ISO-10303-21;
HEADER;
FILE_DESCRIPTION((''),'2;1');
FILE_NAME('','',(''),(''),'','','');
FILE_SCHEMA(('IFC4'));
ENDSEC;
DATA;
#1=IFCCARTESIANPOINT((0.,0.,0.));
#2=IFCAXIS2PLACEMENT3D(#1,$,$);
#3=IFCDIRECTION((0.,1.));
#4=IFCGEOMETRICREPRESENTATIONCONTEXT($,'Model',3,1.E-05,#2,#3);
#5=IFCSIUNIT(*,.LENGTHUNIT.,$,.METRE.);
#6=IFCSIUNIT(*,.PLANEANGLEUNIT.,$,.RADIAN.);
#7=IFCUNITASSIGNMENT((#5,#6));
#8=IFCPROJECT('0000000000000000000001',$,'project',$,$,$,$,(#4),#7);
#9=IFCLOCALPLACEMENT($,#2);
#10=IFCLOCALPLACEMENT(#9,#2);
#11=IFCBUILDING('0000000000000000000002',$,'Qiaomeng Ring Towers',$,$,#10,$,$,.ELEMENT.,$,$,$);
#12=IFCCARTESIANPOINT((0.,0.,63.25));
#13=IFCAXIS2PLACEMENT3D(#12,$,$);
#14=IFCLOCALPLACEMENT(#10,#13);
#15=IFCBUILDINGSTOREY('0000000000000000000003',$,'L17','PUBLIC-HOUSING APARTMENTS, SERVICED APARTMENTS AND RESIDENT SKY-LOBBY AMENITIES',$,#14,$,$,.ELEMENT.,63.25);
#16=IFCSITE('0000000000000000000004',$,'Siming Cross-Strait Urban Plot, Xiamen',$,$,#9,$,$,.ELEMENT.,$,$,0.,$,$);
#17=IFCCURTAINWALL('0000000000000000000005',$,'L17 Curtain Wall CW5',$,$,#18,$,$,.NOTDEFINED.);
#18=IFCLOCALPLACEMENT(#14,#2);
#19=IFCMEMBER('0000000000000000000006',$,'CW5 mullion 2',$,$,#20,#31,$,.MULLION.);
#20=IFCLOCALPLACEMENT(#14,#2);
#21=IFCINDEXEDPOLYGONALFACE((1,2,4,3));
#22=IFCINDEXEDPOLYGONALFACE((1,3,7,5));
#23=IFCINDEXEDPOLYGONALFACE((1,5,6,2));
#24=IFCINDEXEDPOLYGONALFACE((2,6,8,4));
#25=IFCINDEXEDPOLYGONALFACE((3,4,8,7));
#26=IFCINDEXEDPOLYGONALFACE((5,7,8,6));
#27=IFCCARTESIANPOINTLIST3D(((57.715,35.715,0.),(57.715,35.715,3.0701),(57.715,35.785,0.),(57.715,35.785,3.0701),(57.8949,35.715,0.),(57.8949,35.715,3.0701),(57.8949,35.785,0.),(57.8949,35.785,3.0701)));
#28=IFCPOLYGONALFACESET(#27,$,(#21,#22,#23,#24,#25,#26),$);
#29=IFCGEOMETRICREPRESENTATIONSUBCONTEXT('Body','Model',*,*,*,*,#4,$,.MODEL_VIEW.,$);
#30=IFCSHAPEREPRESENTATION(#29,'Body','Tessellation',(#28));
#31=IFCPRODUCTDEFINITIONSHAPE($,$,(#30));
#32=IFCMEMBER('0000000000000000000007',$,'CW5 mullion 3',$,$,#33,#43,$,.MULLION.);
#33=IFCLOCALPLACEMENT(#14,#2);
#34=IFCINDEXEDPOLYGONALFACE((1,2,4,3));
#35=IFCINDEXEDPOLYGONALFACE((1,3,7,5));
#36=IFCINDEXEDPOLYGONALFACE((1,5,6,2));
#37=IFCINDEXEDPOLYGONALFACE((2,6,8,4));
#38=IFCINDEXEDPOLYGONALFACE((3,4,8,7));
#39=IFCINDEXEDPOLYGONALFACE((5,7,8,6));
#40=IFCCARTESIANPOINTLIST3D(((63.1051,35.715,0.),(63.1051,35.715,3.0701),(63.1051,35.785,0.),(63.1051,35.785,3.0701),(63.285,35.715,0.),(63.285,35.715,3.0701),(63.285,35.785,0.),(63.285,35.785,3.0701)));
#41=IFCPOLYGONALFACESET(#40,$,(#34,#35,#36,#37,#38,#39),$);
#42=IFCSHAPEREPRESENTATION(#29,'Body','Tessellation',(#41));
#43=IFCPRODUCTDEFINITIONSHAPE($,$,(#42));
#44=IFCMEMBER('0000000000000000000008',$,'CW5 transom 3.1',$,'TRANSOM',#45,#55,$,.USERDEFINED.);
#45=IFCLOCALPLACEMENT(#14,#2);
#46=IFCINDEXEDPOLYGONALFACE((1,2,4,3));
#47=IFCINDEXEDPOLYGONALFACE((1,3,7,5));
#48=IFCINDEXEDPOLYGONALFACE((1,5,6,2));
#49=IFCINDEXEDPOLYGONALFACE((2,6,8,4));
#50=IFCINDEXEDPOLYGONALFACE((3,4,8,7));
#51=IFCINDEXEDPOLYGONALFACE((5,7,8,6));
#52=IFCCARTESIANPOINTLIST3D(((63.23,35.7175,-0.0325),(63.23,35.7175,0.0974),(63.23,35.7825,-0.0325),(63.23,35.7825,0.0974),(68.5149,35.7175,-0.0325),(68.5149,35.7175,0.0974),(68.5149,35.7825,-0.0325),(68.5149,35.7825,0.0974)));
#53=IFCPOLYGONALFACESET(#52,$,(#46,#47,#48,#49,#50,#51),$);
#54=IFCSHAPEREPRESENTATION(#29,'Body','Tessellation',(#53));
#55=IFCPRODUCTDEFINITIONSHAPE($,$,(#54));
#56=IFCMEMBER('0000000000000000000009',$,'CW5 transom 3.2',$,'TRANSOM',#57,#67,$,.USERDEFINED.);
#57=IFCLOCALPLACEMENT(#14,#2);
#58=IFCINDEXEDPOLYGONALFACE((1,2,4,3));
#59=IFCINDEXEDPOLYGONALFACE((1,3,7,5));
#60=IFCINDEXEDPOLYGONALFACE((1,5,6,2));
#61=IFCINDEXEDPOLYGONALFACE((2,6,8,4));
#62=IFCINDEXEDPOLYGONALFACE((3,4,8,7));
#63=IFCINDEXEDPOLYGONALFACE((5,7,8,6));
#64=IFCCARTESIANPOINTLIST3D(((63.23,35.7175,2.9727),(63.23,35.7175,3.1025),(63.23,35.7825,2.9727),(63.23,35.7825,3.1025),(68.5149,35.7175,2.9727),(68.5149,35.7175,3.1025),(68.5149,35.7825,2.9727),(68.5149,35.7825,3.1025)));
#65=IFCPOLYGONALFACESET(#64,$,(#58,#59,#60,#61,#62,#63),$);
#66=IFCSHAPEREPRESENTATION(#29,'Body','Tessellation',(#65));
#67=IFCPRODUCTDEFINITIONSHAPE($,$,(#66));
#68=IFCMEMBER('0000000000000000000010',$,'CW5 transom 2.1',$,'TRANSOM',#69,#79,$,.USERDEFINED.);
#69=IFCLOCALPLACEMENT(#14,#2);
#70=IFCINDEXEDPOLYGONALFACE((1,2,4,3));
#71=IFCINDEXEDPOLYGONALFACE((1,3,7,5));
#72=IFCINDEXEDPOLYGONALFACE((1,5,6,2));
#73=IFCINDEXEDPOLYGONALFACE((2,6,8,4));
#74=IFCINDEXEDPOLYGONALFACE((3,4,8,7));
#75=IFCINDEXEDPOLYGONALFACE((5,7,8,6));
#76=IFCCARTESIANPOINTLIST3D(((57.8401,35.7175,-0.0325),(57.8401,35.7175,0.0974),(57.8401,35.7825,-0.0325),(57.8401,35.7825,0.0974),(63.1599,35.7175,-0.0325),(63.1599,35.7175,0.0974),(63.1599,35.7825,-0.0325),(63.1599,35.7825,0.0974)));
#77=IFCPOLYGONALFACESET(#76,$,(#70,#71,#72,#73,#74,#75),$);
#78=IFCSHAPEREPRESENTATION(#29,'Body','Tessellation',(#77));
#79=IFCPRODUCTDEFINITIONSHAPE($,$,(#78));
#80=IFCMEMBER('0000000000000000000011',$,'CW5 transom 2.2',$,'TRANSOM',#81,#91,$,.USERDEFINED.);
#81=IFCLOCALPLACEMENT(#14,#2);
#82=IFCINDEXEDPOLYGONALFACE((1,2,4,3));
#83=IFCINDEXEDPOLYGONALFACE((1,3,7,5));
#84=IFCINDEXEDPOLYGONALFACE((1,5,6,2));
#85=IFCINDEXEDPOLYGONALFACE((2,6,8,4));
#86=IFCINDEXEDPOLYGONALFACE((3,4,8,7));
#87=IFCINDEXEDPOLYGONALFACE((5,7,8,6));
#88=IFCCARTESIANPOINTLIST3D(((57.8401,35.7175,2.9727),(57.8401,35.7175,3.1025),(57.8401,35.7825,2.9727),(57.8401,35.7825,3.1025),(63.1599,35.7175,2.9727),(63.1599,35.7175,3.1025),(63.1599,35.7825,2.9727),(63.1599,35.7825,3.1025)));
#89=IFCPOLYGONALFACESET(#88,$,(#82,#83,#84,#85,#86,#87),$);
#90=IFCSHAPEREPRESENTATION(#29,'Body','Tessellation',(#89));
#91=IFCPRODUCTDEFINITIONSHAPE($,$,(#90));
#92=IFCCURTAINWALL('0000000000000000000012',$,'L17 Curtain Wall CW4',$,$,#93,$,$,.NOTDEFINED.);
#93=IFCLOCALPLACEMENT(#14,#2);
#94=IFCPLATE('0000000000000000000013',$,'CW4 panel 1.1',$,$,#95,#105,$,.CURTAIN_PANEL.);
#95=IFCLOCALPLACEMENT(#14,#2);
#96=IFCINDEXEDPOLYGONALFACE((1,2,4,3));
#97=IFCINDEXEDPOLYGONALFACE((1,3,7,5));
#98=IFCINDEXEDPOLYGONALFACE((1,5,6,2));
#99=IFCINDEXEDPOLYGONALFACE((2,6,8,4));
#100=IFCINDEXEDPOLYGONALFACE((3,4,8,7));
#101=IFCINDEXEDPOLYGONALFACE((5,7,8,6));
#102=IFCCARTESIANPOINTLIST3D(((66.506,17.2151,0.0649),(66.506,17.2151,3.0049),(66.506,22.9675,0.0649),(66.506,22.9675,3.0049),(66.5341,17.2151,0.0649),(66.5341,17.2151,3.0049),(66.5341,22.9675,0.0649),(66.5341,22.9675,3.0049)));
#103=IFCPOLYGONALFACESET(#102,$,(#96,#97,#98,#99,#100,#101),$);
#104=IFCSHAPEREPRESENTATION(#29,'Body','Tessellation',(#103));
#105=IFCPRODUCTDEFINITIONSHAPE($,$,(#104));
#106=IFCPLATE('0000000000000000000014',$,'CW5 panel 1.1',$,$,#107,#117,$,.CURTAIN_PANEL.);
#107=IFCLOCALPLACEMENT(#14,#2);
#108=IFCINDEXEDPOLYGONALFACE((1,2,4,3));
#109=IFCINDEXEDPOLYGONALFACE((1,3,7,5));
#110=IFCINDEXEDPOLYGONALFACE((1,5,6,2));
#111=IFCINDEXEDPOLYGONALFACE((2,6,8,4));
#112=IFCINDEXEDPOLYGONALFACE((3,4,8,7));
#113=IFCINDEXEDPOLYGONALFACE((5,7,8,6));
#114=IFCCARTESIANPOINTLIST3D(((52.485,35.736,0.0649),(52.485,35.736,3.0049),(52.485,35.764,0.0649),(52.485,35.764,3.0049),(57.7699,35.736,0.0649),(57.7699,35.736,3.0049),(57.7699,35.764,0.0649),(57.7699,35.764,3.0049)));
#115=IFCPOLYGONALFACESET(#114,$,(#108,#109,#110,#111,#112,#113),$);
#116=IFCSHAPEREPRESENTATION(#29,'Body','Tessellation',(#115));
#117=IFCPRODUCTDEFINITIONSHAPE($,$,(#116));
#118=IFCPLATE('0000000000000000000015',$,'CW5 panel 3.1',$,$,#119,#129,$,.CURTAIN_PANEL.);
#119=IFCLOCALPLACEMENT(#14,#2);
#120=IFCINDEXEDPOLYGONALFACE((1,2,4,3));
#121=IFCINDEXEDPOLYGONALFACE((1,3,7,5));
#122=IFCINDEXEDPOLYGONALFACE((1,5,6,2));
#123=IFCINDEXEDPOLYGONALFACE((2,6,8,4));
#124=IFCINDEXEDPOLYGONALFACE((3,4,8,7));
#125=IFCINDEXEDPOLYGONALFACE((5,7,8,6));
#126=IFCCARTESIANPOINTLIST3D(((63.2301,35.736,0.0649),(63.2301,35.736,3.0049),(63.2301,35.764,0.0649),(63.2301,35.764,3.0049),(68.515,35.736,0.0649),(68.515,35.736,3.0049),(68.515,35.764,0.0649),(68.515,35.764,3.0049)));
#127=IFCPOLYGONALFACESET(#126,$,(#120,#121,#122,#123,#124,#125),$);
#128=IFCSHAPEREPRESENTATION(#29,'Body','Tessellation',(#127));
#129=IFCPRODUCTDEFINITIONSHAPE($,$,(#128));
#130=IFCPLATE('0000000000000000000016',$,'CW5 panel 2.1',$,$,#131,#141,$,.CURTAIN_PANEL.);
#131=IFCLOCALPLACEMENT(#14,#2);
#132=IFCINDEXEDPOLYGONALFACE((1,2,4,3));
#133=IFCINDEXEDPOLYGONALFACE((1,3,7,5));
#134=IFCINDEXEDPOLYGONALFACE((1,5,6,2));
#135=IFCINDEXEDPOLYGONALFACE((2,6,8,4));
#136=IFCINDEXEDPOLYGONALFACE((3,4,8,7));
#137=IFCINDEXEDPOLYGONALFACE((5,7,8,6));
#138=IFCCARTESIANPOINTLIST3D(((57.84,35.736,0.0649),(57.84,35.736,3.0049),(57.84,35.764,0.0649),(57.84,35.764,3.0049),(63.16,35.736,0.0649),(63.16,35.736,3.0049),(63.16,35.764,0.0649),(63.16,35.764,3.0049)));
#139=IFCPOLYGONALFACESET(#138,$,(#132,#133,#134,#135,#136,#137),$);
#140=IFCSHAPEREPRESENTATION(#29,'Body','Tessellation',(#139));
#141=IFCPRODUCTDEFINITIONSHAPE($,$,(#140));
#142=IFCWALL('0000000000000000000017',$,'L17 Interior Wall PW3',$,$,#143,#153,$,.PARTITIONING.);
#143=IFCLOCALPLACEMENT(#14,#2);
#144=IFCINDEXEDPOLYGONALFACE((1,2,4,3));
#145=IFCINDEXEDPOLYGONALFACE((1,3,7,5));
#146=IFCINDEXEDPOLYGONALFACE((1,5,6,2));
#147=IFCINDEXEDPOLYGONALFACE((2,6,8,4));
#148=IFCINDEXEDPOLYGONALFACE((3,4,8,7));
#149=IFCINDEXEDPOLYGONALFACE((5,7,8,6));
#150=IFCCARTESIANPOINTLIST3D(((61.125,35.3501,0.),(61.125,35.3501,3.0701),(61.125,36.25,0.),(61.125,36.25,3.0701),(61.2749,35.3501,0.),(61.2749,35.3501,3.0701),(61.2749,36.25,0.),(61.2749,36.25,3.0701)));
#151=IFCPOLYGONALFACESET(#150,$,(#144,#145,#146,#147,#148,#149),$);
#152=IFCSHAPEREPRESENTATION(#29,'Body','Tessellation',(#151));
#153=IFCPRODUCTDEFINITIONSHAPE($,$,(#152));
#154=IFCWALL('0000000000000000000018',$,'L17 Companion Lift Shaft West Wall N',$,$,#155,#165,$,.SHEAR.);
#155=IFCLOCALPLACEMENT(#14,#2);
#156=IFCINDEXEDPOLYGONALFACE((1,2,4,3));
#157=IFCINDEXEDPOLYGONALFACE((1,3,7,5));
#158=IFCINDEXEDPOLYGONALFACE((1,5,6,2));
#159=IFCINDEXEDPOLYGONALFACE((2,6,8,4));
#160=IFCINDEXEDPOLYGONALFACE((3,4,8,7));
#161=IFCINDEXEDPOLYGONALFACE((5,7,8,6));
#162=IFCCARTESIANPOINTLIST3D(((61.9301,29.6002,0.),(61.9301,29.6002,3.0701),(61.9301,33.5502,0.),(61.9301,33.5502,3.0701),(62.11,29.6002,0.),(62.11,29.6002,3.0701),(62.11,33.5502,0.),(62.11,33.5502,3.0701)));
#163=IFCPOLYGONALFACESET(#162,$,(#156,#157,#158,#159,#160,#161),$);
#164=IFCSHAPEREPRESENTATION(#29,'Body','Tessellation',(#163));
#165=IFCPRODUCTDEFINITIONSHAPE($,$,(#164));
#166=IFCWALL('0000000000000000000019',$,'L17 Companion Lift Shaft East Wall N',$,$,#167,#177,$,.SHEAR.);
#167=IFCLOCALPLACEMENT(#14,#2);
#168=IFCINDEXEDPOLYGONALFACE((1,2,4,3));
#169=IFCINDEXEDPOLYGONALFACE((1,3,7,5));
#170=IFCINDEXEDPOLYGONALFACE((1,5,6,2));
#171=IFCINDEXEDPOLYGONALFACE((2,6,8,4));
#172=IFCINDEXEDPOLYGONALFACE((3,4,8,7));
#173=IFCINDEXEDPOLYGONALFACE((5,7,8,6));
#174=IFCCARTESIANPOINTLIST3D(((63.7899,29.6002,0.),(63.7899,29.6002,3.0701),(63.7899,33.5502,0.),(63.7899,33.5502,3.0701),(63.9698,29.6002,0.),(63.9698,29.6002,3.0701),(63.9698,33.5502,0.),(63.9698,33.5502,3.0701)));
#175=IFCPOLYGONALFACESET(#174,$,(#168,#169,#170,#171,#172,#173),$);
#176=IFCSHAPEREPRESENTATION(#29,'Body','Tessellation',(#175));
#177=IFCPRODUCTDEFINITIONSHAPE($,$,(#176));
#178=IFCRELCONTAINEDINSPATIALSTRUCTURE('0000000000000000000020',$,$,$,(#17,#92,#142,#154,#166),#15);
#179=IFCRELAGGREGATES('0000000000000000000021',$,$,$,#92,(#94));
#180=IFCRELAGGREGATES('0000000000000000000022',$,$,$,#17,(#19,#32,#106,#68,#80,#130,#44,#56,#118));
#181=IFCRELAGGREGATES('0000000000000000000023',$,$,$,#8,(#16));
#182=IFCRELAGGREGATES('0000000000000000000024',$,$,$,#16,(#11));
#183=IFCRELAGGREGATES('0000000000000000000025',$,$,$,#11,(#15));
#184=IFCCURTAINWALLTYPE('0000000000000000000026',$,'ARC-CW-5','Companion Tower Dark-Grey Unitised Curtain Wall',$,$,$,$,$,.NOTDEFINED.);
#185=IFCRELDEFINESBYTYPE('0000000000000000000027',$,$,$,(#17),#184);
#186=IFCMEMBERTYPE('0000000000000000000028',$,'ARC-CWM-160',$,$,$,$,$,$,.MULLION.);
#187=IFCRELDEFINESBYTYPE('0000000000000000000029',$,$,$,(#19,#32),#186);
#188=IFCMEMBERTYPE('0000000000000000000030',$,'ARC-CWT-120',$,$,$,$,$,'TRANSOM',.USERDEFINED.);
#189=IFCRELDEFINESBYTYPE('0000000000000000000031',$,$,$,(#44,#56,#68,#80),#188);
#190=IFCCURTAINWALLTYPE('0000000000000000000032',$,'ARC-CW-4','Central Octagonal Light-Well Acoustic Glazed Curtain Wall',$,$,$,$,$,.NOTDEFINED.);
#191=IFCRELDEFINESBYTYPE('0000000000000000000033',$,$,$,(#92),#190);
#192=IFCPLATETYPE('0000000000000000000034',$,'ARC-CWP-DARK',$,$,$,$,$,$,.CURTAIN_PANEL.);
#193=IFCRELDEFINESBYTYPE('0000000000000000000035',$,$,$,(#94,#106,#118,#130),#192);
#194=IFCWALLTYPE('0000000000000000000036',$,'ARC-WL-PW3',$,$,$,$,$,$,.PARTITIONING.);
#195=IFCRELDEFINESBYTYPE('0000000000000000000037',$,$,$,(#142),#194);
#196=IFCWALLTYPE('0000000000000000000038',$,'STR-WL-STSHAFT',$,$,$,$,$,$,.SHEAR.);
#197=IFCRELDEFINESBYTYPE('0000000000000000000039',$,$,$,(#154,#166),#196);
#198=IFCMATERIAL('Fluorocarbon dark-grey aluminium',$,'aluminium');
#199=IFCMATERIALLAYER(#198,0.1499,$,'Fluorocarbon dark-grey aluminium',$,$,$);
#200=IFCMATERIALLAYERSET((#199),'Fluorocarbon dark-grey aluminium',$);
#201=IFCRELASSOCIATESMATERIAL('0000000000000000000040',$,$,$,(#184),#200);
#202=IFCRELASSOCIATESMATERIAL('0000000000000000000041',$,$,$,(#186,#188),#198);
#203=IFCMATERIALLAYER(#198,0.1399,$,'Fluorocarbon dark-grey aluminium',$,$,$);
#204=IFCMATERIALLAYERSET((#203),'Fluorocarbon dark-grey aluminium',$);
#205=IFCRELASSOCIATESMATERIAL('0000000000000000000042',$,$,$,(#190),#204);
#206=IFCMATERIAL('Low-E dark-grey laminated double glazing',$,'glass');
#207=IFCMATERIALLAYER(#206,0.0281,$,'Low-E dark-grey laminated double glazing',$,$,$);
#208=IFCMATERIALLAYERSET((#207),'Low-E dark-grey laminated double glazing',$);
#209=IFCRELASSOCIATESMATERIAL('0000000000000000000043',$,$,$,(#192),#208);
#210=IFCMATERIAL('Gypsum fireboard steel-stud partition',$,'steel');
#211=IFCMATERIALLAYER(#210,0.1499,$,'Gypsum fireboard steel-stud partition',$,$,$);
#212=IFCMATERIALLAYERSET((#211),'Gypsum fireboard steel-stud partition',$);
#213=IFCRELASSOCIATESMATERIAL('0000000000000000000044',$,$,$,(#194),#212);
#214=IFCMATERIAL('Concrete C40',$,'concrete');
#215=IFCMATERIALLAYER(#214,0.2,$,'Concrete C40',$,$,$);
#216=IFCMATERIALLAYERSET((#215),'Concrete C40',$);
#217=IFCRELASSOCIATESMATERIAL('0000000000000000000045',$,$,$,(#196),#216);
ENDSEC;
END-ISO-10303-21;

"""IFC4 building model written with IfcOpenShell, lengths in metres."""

from ifc_helpers import new_model, si_unit, direction, frame, frame_2d, origin, origin_2d, place, context, subcontext, project, spatial, rectangle, extrude, source, transform, mapped, material, layer, layer_set, material_profile, profile_set, type_object, element, aggregate, save


model = new_model("IFC4")

# Units and contexts
model_context = context("Model", 3, precision=1e-05, world=origin(), true_north=direction((0.0, 1.0)))
body_context = subcontext(model_context, "Body", "Model", "MODEL_VIEW")
ifc_project = project(units=[si_unit("LENGTHUNIT", "METRE"), si_unit("PLANEANGLEUNIT", "RADIAN")], contexts=[model_context])

# Site, building, storey
site_placement = place(None, origin())
site = spatial("IfcSite", under=ifc_project, at=site_placement, Name="Siming Cross-Strait Urban Plot, Xiamen", CompositionType="ELEMENT", RefElevation=0.0)
building_placement = place(site_placement, origin())
building = spatial("IfcBuilding", under=site, at=building_placement, Name="Qiaomeng Ring Towers", CompositionType="ELEMENT")
storey_placement = place(building_placement, frame((0.0, 0.0, 63.25)))
storey = spatial("IfcBuildingStorey", under=building, at=storey_placement, Name="L17", Description="PUBLIC-HOUSING APARTMENTS, SERVICED APARTMENTS AND RESIDENT SKY-LOBBY AMENITIES", CompositionType="ELEMENT", Elevation=63.25)

# Curtain wall, members
ifc_material_1 = material(Name="Fluorocarbon dark-grey aluminium", Category="aluminium")
ifc_layer_1 = layer(ifc_material_1, 0.1499, Name="Fluorocarbon dark-grey aluminium")
ifc_layer_set_1 = layer_set([ifc_layer_1], Name="Fluorocarbon dark-grey aluminium")
curtain_wall_type_1 = type_object("IfcCurtainWallType", Name="ARC-CW-5", Description="Companion Tower Dark-Grey Unitised Curtain Wall", PredefinedType="NOTDEFINED", material=ifc_layer_set_1)
curtain_wall_1_placement = place(storey_placement, origin())
curtain_wall_1 = element("IfcCurtainWall", 1, at=curtain_wall_1_placement, inside=storey, type_object=curtain_wall_type_1, Name="L17 Curtain Wall CW5", PredefinedType="NOTDEFINED")
ifc_material_profile_1 = material_profile(ifc_material_1, rectangle(XDim=0.0701, YDim=0.1799, at=origin_2d()), Name="ALU MULL 70x180")
ifc_profile_set_1 = profile_set([ifc_material_profile_1], Name="Fluorocarbon dark-grey aluminium")
member_type_1 = type_object("IfcMemberType", Name="ARC-CWM-160", PredefinedType="MULLION", material=ifc_profile_set_1)
shared_shape_1 = source(origin(), body_context, "Body", "SweptSolid", [
    extrude(rectangle(XDim=0.0701, YDim=0.1799, at=origin_2d()), origin(), (0.0, 0.0, 1.0), 3.0701),
])
member_1_placement = place(storey_placement, frame((57.8049, 35.75, 0.0), z_axis=(0.0, 0.0, 1.0), x_axis=(0.0, 1.0, 0.0)))
member_1 = element("IfcMember", 2, at=member_1_placement, type_object=member_type_1, Name="CW5 mullion 2", PredefinedType="MULLION", context=body_context, shape_type="MappedRepresentation", body=[
    mapped(shared_shape_1, transform((0.0, 0.0, 0.0), x_axis=(1.0, 0.0, 0.0), y_axis=(0.0, 1.0, 0.0), z_axis=(0.0, 0.0, 1.0), scale=1.0)),
])
member_2_placement = place(storey_placement, frame((63.1951, 35.75, 0.0), z_axis=(0.0, 0.0, 1.0), x_axis=(0.0, 1.0, 0.0)))
member_2 = element("IfcMember", 3, at=member_2_placement, type_object=member_type_1, Name="CW5 mullion 3", PredefinedType="MULLION", context=body_context, shape_type="MappedRepresentation", body=[
    mapped(shared_shape_1, transform((0.0, 0.0, 0.0), x_axis=(1.0, 0.0, 0.0), y_axis=(0.0, 1.0, 0.0), z_axis=(0.0, 0.0, 1.0), scale=1.0)),
])
ifc_material_profile_2 = material_profile(ifc_material_1, rectangle(XDim=0.0649, YDim=0.1299, at=origin_2d()), Name="ALU TRAN 65x130")
ifc_profile_set_2 = profile_set([ifc_material_profile_2], Name="Fluorocarbon dark-grey aluminium")
member_type_2 = type_object("IfcMemberType", Name="ARC-CWT-120", ElementType="TRANSOM", PredefinedType="USERDEFINED", material=ifc_profile_set_2)
shared_shape_2 = source(origin(), body_context, "Body", "SweptSolid", [
    extrude(rectangle(XDim=0.0649, YDim=0.1299, at=origin_2d()), origin(), (0.0, 0.0, 1.0), 5.2849),
])
member_3_placement = place(storey_placement, frame((63.23, 35.75, 0.0325), z_axis=(1.0, 0.0, 0.0), x_axis=(0.0, 1.0, 0.0)))
member_3 = element("IfcMember", 4, at=member_3_placement, type_object=member_type_2, Name="CW5 transom 3.1", ObjectType="TRANSOM", PredefinedType="USERDEFINED", context=body_context, shape_type="MappedRepresentation", body=[
    mapped(shared_shape_2, transform((0.0, 0.0, 0.0), x_axis=(1.0, 0.0, 0.0), y_axis=(0.0, 1.0, 0.0), z_axis=(0.0, 0.0, 1.0), scale=1.0)),
])
member_4_placement = place(storey_placement, frame((63.23, 35.75, 3.0376), z_axis=(1.0, 0.0, 0.0), x_axis=(0.0, 1.0, 0.0)))
member_4 = element("IfcMember", 5, at=member_4_placement, type_object=member_type_2, Name="CW5 transom 3.2", ObjectType="TRANSOM", PredefinedType="USERDEFINED", context=body_context, shape_type="MappedRepresentation", body=[
    mapped(shared_shape_2, transform((0.0, 0.0, 0.0), x_axis=(1.0, 0.0, 0.0), y_axis=(0.0, 1.0, 0.0), z_axis=(0.0, 0.0, 1.0), scale=1.0)),
])
shared_shape_3 = source(origin(), body_context, "Body", "SweptSolid", [
    extrude(rectangle(XDim=0.0649, YDim=0.1299, at=origin_2d()), origin(), (0.0, 0.0, 1.0), 5.3198),
])
member_5_placement = place(storey_placement, frame((57.8401, 35.75, 0.0325), z_axis=(1.0, 0.0, 0.0), x_axis=(0.0, 1.0, 0.0)))
member_5 = element("IfcMember", 6, at=member_5_placement, type_object=member_type_2, Name="CW5 transom 2.1", ObjectType="TRANSOM", PredefinedType="USERDEFINED", context=body_context, shape_type="MappedRepresentation", body=[
    mapped(shared_shape_3, transform((0.0, 0.0, 0.0), x_axis=(1.0, 0.0, 0.0), y_axis=(0.0, 1.0, 0.0), z_axis=(0.0, 0.0, 1.0), scale=1.0)),
])
member_6_placement = place(storey_placement, frame((57.8401, 35.75, 3.0376), z_axis=(1.0, 0.0, 0.0), x_axis=(0.0, 1.0, 0.0)))
member_6 = element("IfcMember", 7, at=member_6_placement, type_object=member_type_2, Name="CW5 transom 2.2", ObjectType="TRANSOM", PredefinedType="USERDEFINED", context=body_context, shape_type="MappedRepresentation", body=[
    mapped(shared_shape_3, transform((0.0, 0.0, 0.0), x_axis=(1.0, 0.0, 0.0), y_axis=(0.0, 1.0, 0.0), z_axis=(0.0, 0.0, 1.0), scale=1.0)),
])

# Curtain wall, plate
ifc_layer_2 = layer(ifc_material_1, 0.1399, Name="Fluorocarbon dark-grey aluminium")
ifc_layer_set_2 = layer_set([ifc_layer_2], Name="Fluorocarbon dark-grey aluminium")
curtain_wall_type_2 = type_object("IfcCurtainWallType", Name="ARC-CW-4", Description="Central Octagonal Light-Well Acoustic Glazed Curtain Wall", PredefinedType="NOTDEFINED", material=ifc_layer_set_2)
curtain_wall_2_placement = place(storey_placement, origin())
curtain_wall_2 = element("IfcCurtainWall", 8, at=curtain_wall_2_placement, inside=storey, type_object=curtain_wall_type_2, Name="L17 Curtain Wall CW4", PredefinedType="NOTDEFINED")
ifc_material_2 = material(Name="Low-E dark-grey laminated double glazing", Category="glass")
ifc_layer_3 = layer(ifc_material_2, 0.0281, Name="Low-E dark-grey laminated double glazing")
ifc_layer_set_3 = layer_set([ifc_layer_3], Name="Low-E dark-grey laminated double glazing")
plate_type = type_object("IfcPlateType", Name="ARC-CWP-DARK", PredefinedType="CURTAIN_PANEL", material=ifc_layer_set_3)
shared_shape_4 = source(origin(), body_context, "Body", "SweptSolid", [
    extrude(rectangle(XDim=5.7524, YDim=0.0281, at=origin_2d()), origin(), (0.0, 0.0, 1.0), 2.9399),
])
plate_1_placement = place(storey_placement, frame((66.52, 20.0913, 0.0649), z_axis=(0.0, 0.0, 1.0), x_axis=(0.0, 1.0, 0.0)))
plate_1 = element("IfcPlate", 9, at=plate_1_placement, type_object=plate_type, Name="CW4 panel 1.1", PredefinedType="CURTAIN_PANEL", context=body_context, shape_type="MappedRepresentation", body=[
    mapped(shared_shape_4, transform((0.0, 0.0, 0.0), x_axis=(1.0, 0.0, 0.0), y_axis=(0.0, 1.0, 0.0), z_axis=(0.0, 0.0, 1.0), scale=1.0)),
])
aggregate(curtain_wall_2, [plate_1])

# Plates
shared_shape_5 = source(origin(), body_context, "Body", "SweptSolid", [
    extrude(rectangle(XDim=5.2849, YDim=0.0281, at=origin_2d()), origin(), (0.0, 0.0, 1.0), 2.9399),
])
plate_2_placement = place(storey_placement, frame((55.1274, 35.75, 0.0649), z_axis=(0.0, 0.0, 1.0), x_axis=(1.0, 0.0, 0.0)))
plate_2 = element("IfcPlate", 10, at=plate_2_placement, type_object=plate_type, Name="CW5 panel 1.1", PredefinedType="CURTAIN_PANEL", context=body_context, shape_type="MappedRepresentation", body=[
    mapped(shared_shape_5, transform((0.0, 0.0, 0.0), x_axis=(1.0, 0.0, 0.0), y_axis=(0.0, 1.0, 0.0), z_axis=(0.0, 0.0, 1.0), scale=1.0)),
])
plate_3_placement = place(storey_placement, frame((65.8726, 35.75, 0.0649), z_axis=(0.0, 0.0, 1.0), x_axis=(1.0, 0.0, 0.0)))
plate_3 = element("IfcPlate", 11, at=plate_3_placement, type_object=plate_type, Name="CW5 panel 3.1", PredefinedType="CURTAIN_PANEL", context=body_context, shape_type="MappedRepresentation", body=[
    mapped(shared_shape_5, transform((0.0, 0.0, 0.0), x_axis=(1.0, 0.0, 0.0), y_axis=(0.0, 1.0, 0.0), z_axis=(0.0, 0.0, 1.0), scale=1.0)),
])
shared_shape_6 = source(origin(), body_context, "Body", "SweptSolid", [
    extrude(rectangle(XDim=5.3201, YDim=0.0281, at=origin_2d()), origin(), (0.0, 0.0, 1.0), 2.9399),
])
plate_4_placement = place(storey_placement, frame((60.5, 35.75, 0.0649), z_axis=(0.0, 0.0, 1.0), x_axis=(1.0, 0.0, 0.0)))
plate_4 = element("IfcPlate", 12, at=plate_4_placement, type_object=plate_type, Name="CW5 panel 2.1", PredefinedType="CURTAIN_PANEL", context=body_context, shape_type="MappedRepresentation", body=[
    mapped(shared_shape_6, transform((0.0, 0.0, 0.0), x_axis=(1.0, 0.0, 0.0), y_axis=(0.0, 1.0, 0.0), z_axis=(0.0, 0.0, 1.0), scale=1.0)),
])
aggregate(curtain_wall_1, [member_1, member_2, plate_2, member_5, member_6, plate_4, member_3, member_4, plate_3])

# Walls
ifc_material_3 = material(Name="Gypsum fireboard steel-stud partition", Category="steel")
ifc_layer_4 = layer(ifc_material_3, 0.1499, Name="Gypsum fireboard steel-stud partition")
ifc_layer_set_4 = layer_set([ifc_layer_4], Name="Gypsum fireboard steel-stud partition")
wall_type_1 = type_object("IfcWallType", Name="ARC-WL-PW3", PredefinedType="PARTITIONING", material=ifc_layer_set_4)
wall_1_placement = place(storey_placement, frame((61.2, 35.3501, 0.0), z_axis=(0.0, 0.0, 1.0), x_axis=(0.0, 1.0, 0.0)))
element("IfcWall", 13, at=wall_1_placement, inside=storey, type_object=wall_type_1, Name="L17 Interior Wall PW3", PredefinedType="PARTITIONING", context=body_context, shape_type="SweptSolid", body=[
    extrude(rectangle(XDim=0.8999, YDim=0.1499, at=frame_2d((0.45, 0.0))), origin(), (0.0, 0.0, 1.0), 3.0701),
])
ifc_material_4 = material(Name="Concrete C40", Category="concrete")
ifc_layer_5 = layer(ifc_material_4, 0.2, Name="Concrete C40")
ifc_layer_set_5 = layer_set([ifc_layer_5], Name="Concrete C40")
wall_type_2 = type_object("IfcWallType", Name="STR-WL-STSHAFT", PredefinedType="SHEAR", material=ifc_layer_set_5)
for number, where, z_axis, x_axis, name in (
    (14, (62.02, 29.6001, 0.0), (0.0, 0.0, 1.0), (0.0, 1.0, 0.0), "L17 Companion Lift Shaft West Wall N"),
    (15, (63.8799, 29.6001, 0.0), (0.0, 0.0, 1.0), (0.0, 1.0, 0.0), "L17 Companion Lift Shaft East Wall N"),
):
    element("IfcWall", number, at=place(storey_placement, frame(where, z_axis=z_axis, x_axis=x_axis)), inside=storey, type_object=wall_type_2, Name=name, PredefinedType="SHEAR", context=body_context, shape_type="SweptSolid", body=[
        extrude(rectangle(XDim=3.95, YDim=0.1799, at=frame_2d((1.9751, 0.0))), origin(), (0.0, 0.0, 1.0), 3.0701),
    ])

save(model, "model.ifc")
